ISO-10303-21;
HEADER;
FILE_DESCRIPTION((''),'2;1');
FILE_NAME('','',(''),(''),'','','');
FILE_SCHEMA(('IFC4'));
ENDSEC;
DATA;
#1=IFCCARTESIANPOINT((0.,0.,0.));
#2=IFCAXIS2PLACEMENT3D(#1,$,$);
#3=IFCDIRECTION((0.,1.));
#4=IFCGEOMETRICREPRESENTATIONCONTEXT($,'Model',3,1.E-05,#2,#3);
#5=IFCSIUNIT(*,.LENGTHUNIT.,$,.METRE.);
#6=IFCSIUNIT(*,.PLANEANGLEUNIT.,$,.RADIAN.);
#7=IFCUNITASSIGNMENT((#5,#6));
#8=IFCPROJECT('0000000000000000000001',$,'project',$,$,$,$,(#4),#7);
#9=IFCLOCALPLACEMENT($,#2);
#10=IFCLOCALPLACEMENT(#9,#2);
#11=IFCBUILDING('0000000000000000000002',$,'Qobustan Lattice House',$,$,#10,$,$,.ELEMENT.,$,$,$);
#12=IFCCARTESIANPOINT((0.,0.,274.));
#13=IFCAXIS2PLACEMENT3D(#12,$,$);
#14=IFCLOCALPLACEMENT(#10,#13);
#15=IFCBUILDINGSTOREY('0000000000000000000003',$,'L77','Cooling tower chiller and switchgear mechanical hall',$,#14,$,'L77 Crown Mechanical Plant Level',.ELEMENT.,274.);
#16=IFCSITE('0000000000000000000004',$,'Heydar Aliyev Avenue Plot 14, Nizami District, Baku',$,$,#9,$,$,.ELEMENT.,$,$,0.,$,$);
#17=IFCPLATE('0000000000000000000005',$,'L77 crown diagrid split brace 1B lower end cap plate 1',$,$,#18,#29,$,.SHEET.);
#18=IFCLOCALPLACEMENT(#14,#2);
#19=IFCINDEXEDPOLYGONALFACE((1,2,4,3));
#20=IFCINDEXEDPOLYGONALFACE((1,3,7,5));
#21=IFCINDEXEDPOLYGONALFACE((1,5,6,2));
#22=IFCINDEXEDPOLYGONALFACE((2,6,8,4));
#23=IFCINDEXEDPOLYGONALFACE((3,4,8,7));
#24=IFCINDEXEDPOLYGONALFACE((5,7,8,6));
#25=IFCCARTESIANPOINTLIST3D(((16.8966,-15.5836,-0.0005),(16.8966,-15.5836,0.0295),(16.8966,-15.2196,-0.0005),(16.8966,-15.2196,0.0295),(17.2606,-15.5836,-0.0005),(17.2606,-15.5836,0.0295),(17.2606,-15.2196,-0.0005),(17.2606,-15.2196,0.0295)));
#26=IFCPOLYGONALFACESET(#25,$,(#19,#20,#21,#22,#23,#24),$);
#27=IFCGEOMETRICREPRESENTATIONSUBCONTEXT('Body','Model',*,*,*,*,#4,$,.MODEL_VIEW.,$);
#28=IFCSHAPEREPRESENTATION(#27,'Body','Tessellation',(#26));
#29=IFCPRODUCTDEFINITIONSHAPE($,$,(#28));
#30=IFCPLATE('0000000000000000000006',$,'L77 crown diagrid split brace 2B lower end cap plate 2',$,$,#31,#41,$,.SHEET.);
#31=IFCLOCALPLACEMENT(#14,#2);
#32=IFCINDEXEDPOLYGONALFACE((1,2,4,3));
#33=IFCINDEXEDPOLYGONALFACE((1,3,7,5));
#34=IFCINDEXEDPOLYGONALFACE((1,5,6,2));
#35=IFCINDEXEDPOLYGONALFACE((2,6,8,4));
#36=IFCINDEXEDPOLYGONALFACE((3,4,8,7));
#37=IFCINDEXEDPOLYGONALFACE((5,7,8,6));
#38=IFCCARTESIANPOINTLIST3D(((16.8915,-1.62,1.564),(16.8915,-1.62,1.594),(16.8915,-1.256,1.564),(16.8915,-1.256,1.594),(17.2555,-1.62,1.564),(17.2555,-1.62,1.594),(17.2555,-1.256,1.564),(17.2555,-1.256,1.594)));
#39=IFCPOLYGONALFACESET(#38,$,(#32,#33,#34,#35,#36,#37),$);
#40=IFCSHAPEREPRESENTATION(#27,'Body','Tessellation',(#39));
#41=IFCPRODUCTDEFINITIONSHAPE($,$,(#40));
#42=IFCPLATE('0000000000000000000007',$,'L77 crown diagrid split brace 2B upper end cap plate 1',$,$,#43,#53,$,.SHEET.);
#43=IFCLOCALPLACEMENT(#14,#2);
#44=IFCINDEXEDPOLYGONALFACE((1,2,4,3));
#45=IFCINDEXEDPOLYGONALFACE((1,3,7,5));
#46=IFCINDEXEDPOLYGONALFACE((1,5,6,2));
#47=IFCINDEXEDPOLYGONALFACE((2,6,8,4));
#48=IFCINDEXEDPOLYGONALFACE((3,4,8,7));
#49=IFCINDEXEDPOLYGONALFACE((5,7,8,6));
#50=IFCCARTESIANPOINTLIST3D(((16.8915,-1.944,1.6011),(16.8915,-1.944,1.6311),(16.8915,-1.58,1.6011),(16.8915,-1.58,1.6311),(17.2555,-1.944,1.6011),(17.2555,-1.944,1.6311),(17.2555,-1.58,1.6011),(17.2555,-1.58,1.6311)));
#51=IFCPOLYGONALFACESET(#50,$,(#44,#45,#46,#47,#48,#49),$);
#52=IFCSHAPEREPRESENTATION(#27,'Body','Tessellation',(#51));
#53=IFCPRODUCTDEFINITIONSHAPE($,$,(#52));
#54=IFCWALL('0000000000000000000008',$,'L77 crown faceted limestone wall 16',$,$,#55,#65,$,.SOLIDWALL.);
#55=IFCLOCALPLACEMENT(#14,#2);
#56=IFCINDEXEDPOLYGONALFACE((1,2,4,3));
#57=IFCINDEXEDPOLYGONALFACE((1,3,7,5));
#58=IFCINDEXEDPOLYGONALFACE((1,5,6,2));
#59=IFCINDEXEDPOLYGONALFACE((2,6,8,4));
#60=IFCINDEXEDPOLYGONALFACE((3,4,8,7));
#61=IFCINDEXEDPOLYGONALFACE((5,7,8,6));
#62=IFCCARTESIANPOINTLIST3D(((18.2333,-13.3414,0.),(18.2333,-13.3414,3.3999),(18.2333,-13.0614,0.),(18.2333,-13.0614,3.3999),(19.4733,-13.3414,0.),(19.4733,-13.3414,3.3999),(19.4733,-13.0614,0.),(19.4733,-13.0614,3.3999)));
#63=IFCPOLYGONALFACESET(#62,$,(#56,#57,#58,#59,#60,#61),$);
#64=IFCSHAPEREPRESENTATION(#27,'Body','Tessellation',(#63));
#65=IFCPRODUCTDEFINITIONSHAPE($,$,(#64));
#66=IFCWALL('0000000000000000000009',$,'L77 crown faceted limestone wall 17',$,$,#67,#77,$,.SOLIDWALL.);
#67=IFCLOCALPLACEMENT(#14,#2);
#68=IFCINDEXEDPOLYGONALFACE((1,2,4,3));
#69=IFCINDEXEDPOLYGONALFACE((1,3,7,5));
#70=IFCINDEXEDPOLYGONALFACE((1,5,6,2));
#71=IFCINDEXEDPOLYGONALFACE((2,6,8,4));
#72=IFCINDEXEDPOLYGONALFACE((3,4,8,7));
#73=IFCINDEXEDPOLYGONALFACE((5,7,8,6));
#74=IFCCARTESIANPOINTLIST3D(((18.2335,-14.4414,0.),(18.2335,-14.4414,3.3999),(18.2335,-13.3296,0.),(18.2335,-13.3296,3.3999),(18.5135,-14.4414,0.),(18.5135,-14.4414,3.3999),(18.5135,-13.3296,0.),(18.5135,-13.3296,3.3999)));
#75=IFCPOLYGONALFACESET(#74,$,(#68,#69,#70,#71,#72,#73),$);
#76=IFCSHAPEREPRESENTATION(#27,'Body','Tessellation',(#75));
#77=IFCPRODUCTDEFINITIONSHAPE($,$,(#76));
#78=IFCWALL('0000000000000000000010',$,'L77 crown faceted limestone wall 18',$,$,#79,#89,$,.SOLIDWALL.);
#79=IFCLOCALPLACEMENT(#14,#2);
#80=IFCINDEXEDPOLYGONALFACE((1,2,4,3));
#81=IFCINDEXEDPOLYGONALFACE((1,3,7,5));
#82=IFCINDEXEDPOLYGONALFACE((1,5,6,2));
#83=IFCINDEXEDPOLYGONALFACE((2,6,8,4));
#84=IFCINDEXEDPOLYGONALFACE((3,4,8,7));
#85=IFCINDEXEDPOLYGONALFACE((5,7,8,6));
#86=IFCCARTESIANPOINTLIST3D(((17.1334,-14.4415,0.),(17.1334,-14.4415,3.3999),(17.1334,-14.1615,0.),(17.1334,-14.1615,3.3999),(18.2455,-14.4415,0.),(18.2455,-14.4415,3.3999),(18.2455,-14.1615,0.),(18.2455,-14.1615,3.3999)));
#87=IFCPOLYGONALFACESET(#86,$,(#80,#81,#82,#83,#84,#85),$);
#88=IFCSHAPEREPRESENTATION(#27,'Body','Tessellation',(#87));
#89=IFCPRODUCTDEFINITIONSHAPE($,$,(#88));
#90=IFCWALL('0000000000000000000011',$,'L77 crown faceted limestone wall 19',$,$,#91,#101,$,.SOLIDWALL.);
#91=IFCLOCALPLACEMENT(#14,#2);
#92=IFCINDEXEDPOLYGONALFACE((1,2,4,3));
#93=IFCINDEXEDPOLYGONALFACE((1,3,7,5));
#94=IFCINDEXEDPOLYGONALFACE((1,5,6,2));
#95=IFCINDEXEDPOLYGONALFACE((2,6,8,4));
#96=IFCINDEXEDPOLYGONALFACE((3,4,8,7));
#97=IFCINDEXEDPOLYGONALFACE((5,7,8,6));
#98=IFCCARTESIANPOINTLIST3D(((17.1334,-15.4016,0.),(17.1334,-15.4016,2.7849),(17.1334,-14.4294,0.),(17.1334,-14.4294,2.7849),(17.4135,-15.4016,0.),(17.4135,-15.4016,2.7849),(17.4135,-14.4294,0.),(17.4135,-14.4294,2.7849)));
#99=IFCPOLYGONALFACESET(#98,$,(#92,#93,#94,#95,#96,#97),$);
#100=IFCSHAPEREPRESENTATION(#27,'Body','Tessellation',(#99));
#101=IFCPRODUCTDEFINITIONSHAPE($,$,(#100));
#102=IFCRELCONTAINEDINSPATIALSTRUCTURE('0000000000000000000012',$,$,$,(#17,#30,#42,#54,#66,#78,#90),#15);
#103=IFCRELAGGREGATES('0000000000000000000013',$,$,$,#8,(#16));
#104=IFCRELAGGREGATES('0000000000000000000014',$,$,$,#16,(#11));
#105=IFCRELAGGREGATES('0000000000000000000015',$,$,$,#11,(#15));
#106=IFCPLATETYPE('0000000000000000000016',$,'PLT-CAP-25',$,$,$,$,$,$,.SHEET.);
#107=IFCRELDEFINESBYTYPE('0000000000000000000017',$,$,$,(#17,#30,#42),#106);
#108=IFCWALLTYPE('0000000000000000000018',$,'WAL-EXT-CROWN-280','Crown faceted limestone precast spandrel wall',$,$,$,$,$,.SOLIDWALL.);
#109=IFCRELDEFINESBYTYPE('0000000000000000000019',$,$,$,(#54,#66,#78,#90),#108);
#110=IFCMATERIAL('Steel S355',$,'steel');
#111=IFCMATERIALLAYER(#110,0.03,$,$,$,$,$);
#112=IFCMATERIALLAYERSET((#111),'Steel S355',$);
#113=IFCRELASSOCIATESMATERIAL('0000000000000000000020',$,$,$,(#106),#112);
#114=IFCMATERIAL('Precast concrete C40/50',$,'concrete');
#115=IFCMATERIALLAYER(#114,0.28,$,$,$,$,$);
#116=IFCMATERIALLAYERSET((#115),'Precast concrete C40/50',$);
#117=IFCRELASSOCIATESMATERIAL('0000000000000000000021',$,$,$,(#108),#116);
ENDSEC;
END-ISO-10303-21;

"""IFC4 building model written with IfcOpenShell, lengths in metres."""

from ifc_helpers import new_model, si_unit, direction, frame, frame_2d, origin, origin_2d, place, context, subcontext, project, spatial, rectangle, extrude, material, layer, layer_set, type_object, element, save


model = new_model("IFC4")

# Units and contexts
model_context = context("Model", 3, precision=1e-05, world=origin(), true_north=direction((0.0, 1.0)))
body_context = subcontext(model_context, "Body", "Model", "MODEL_VIEW")
ifc_project = project(units=[si_unit("LENGTHUNIT", "METRE"), si_unit("PLANEANGLEUNIT", "RADIAN")], contexts=[model_context])

# Site, building, storey
site_placement = place(None, origin())
site = spatial("IfcSite", under=ifc_project, at=site_placement, Name="Heydar Aliyev Avenue Plot 14, Nizami District, Baku", CompositionType="ELEMENT", RefElevation=0.0)
building_placement = place(site_placement, origin())
building = spatial("IfcBuilding", under=site, at=building_placement, Name="Qobustan Lattice House", CompositionType="ELEMENT")
storey_placement = place(building_placement, frame((0.0, 0.0, 274.0)))
storey = spatial("IfcBuildingStorey", under=building, at=storey_placement, Name="L77", Description="Cooling tower chiller and switchgear mechanical hall", LongName="L77 Crown Mechanical Plant Level", CompositionType="ELEMENT", Elevation=274.0)

# Plates
ifc_material_1 = material(Name="Steel S355", Category="steel")
ifc_layer_1 = layer(ifc_material_1, 0.03)
ifc_layer_set_1 = layer_set([ifc_layer_1], Name="Steel S355")
plate_type_1 = type_object("IfcPlateType", Name="PLT-CAP-25", PredefinedType="SHEET", material=ifc_layer_set_1)
for number, where, z_axis, x_axis, name in (
    (1, (17.0786, -15.4016, -0.0005), (0.0, 0.0, 1.0), (-1.0, 0.0, 0.0), "L77 crown diagrid split brace 1B lower end cap plate 1"),
    (2, (17.0735, -1.438, 1.564), (0.0, 0.0, 1.0), (0.0, -1.0, 0.0), "L77 crown diagrid split brace 2B lower end cap plate 2"),
    (3, (17.0735, -1.762, 1.6011), (0.0, 0.0, 1.0), (0.0, -1.0, 0.0), "L77 crown diagrid split brace 2B upper end cap plate 1"),
):
    element("IfcPlate", number, at=place(storey_placement, frame(where, z_axis=z_axis, x_axis=x_axis)), inside=storey, type_object=plate_type_1, Name=name, PredefinedType="SHEET", context=body_context, shape_type="SweptSolid", body=[
        extrude(rectangle(XDim=0.364, YDim=0.364, at=origin_2d()), origin(), (0.0, 0.0, 1.0), 0.03),
    ])

# Walls
ifc_material_2 = material(Name="Precast concrete C40/50", Category="concrete")
ifc_layer_2 = layer(ifc_material_2, 0.28)
ifc_layer_set_2 = layer_set([ifc_layer_2], Name="Precast concrete C40/50")
wall_type = type_object("IfcWallType", Name="WAL-EXT-CROWN-280", Description="Crown faceted limestone precast spandrel wall", PredefinedType="SOLIDWALL", material=ifc_layer_set_2)
wall_1_placement = place(storey_placement, frame((19.4734, -13.2014, 0.0), z_axis=(0.0, 0.0, 1.0), x_axis=(-1.0, 0.0, 0.0)))
element("IfcWall", 4, at=wall_1_placement, inside=storey, type_object=wall_type, Name="L77 crown faceted limestone wall 16", PredefinedType="SOLIDWALL", context=body_context, shape_type="SweptSolid", body=[
    extrude(rectangle(XDim=1.24, YDim=0.28, at=frame_2d((0.6201, 0.0))), origin(), (0.0, 0.0, 1.0), 3.3999),
])
wall_2_placement = place(storey_placement, frame((18.3735, -13.3296, 0.0), z_axis=(0.0, 0.0, 1.0), x_axis=(0.0, -1.0, 0.0)))
element("IfcWall", 5, at=wall_2_placement, inside=storey, type_object=wall_type, Name="L77 crown faceted limestone wall 17", PredefinedType="SOLIDWALL", context=body_context, shape_type="SweptSolid", body=[
    extrude(rectangle(XDim=1.1118, YDim=0.28, at=frame_2d((0.5559, 0.0))), origin(), (0.0, 0.0, 1.0), 3.3999),
])
wall_3_placement = place(storey_placement, frame((18.2456, -14.3015, 0.0), z_axis=(0.0, 0.0, 1.0), x_axis=(-1.0, 0.0, 0.0)))
element("IfcWall", 6, at=wall_3_placement, inside=storey, type_object=wall_type, Name="L77 crown faceted limestone wall 18", PredefinedType="SOLIDWALL", context=body_context, shape_type="SweptSolid", body=[
    extrude(rectangle(XDim=1.1121, YDim=0.28, at=frame_2d((0.5562, 0.0))), origin(), (0.0, 0.0, 1.0), 3.3999),
])
wall_4_placement = place(storey_placement, frame((17.2734, -14.4294, 0.0), z_axis=(0.0, 0.0, 1.0), x_axis=(0.0, -1.0, 0.0)))
element("IfcWall", 7, at=wall_4_placement, inside=storey, type_object=wall_type, Name="L77 crown faceted limestone wall 19", PredefinedType="SOLIDWALL", context=body_context, shape_type="SweptSolid", body=[
    extrude(rectangle(XDim=0.9722, YDim=0.28, at=frame_2d((0.4861, 0.0))), origin(), (0.0, 0.0, 1.0), 2.7849),
])

save(model, "model.ifc")
